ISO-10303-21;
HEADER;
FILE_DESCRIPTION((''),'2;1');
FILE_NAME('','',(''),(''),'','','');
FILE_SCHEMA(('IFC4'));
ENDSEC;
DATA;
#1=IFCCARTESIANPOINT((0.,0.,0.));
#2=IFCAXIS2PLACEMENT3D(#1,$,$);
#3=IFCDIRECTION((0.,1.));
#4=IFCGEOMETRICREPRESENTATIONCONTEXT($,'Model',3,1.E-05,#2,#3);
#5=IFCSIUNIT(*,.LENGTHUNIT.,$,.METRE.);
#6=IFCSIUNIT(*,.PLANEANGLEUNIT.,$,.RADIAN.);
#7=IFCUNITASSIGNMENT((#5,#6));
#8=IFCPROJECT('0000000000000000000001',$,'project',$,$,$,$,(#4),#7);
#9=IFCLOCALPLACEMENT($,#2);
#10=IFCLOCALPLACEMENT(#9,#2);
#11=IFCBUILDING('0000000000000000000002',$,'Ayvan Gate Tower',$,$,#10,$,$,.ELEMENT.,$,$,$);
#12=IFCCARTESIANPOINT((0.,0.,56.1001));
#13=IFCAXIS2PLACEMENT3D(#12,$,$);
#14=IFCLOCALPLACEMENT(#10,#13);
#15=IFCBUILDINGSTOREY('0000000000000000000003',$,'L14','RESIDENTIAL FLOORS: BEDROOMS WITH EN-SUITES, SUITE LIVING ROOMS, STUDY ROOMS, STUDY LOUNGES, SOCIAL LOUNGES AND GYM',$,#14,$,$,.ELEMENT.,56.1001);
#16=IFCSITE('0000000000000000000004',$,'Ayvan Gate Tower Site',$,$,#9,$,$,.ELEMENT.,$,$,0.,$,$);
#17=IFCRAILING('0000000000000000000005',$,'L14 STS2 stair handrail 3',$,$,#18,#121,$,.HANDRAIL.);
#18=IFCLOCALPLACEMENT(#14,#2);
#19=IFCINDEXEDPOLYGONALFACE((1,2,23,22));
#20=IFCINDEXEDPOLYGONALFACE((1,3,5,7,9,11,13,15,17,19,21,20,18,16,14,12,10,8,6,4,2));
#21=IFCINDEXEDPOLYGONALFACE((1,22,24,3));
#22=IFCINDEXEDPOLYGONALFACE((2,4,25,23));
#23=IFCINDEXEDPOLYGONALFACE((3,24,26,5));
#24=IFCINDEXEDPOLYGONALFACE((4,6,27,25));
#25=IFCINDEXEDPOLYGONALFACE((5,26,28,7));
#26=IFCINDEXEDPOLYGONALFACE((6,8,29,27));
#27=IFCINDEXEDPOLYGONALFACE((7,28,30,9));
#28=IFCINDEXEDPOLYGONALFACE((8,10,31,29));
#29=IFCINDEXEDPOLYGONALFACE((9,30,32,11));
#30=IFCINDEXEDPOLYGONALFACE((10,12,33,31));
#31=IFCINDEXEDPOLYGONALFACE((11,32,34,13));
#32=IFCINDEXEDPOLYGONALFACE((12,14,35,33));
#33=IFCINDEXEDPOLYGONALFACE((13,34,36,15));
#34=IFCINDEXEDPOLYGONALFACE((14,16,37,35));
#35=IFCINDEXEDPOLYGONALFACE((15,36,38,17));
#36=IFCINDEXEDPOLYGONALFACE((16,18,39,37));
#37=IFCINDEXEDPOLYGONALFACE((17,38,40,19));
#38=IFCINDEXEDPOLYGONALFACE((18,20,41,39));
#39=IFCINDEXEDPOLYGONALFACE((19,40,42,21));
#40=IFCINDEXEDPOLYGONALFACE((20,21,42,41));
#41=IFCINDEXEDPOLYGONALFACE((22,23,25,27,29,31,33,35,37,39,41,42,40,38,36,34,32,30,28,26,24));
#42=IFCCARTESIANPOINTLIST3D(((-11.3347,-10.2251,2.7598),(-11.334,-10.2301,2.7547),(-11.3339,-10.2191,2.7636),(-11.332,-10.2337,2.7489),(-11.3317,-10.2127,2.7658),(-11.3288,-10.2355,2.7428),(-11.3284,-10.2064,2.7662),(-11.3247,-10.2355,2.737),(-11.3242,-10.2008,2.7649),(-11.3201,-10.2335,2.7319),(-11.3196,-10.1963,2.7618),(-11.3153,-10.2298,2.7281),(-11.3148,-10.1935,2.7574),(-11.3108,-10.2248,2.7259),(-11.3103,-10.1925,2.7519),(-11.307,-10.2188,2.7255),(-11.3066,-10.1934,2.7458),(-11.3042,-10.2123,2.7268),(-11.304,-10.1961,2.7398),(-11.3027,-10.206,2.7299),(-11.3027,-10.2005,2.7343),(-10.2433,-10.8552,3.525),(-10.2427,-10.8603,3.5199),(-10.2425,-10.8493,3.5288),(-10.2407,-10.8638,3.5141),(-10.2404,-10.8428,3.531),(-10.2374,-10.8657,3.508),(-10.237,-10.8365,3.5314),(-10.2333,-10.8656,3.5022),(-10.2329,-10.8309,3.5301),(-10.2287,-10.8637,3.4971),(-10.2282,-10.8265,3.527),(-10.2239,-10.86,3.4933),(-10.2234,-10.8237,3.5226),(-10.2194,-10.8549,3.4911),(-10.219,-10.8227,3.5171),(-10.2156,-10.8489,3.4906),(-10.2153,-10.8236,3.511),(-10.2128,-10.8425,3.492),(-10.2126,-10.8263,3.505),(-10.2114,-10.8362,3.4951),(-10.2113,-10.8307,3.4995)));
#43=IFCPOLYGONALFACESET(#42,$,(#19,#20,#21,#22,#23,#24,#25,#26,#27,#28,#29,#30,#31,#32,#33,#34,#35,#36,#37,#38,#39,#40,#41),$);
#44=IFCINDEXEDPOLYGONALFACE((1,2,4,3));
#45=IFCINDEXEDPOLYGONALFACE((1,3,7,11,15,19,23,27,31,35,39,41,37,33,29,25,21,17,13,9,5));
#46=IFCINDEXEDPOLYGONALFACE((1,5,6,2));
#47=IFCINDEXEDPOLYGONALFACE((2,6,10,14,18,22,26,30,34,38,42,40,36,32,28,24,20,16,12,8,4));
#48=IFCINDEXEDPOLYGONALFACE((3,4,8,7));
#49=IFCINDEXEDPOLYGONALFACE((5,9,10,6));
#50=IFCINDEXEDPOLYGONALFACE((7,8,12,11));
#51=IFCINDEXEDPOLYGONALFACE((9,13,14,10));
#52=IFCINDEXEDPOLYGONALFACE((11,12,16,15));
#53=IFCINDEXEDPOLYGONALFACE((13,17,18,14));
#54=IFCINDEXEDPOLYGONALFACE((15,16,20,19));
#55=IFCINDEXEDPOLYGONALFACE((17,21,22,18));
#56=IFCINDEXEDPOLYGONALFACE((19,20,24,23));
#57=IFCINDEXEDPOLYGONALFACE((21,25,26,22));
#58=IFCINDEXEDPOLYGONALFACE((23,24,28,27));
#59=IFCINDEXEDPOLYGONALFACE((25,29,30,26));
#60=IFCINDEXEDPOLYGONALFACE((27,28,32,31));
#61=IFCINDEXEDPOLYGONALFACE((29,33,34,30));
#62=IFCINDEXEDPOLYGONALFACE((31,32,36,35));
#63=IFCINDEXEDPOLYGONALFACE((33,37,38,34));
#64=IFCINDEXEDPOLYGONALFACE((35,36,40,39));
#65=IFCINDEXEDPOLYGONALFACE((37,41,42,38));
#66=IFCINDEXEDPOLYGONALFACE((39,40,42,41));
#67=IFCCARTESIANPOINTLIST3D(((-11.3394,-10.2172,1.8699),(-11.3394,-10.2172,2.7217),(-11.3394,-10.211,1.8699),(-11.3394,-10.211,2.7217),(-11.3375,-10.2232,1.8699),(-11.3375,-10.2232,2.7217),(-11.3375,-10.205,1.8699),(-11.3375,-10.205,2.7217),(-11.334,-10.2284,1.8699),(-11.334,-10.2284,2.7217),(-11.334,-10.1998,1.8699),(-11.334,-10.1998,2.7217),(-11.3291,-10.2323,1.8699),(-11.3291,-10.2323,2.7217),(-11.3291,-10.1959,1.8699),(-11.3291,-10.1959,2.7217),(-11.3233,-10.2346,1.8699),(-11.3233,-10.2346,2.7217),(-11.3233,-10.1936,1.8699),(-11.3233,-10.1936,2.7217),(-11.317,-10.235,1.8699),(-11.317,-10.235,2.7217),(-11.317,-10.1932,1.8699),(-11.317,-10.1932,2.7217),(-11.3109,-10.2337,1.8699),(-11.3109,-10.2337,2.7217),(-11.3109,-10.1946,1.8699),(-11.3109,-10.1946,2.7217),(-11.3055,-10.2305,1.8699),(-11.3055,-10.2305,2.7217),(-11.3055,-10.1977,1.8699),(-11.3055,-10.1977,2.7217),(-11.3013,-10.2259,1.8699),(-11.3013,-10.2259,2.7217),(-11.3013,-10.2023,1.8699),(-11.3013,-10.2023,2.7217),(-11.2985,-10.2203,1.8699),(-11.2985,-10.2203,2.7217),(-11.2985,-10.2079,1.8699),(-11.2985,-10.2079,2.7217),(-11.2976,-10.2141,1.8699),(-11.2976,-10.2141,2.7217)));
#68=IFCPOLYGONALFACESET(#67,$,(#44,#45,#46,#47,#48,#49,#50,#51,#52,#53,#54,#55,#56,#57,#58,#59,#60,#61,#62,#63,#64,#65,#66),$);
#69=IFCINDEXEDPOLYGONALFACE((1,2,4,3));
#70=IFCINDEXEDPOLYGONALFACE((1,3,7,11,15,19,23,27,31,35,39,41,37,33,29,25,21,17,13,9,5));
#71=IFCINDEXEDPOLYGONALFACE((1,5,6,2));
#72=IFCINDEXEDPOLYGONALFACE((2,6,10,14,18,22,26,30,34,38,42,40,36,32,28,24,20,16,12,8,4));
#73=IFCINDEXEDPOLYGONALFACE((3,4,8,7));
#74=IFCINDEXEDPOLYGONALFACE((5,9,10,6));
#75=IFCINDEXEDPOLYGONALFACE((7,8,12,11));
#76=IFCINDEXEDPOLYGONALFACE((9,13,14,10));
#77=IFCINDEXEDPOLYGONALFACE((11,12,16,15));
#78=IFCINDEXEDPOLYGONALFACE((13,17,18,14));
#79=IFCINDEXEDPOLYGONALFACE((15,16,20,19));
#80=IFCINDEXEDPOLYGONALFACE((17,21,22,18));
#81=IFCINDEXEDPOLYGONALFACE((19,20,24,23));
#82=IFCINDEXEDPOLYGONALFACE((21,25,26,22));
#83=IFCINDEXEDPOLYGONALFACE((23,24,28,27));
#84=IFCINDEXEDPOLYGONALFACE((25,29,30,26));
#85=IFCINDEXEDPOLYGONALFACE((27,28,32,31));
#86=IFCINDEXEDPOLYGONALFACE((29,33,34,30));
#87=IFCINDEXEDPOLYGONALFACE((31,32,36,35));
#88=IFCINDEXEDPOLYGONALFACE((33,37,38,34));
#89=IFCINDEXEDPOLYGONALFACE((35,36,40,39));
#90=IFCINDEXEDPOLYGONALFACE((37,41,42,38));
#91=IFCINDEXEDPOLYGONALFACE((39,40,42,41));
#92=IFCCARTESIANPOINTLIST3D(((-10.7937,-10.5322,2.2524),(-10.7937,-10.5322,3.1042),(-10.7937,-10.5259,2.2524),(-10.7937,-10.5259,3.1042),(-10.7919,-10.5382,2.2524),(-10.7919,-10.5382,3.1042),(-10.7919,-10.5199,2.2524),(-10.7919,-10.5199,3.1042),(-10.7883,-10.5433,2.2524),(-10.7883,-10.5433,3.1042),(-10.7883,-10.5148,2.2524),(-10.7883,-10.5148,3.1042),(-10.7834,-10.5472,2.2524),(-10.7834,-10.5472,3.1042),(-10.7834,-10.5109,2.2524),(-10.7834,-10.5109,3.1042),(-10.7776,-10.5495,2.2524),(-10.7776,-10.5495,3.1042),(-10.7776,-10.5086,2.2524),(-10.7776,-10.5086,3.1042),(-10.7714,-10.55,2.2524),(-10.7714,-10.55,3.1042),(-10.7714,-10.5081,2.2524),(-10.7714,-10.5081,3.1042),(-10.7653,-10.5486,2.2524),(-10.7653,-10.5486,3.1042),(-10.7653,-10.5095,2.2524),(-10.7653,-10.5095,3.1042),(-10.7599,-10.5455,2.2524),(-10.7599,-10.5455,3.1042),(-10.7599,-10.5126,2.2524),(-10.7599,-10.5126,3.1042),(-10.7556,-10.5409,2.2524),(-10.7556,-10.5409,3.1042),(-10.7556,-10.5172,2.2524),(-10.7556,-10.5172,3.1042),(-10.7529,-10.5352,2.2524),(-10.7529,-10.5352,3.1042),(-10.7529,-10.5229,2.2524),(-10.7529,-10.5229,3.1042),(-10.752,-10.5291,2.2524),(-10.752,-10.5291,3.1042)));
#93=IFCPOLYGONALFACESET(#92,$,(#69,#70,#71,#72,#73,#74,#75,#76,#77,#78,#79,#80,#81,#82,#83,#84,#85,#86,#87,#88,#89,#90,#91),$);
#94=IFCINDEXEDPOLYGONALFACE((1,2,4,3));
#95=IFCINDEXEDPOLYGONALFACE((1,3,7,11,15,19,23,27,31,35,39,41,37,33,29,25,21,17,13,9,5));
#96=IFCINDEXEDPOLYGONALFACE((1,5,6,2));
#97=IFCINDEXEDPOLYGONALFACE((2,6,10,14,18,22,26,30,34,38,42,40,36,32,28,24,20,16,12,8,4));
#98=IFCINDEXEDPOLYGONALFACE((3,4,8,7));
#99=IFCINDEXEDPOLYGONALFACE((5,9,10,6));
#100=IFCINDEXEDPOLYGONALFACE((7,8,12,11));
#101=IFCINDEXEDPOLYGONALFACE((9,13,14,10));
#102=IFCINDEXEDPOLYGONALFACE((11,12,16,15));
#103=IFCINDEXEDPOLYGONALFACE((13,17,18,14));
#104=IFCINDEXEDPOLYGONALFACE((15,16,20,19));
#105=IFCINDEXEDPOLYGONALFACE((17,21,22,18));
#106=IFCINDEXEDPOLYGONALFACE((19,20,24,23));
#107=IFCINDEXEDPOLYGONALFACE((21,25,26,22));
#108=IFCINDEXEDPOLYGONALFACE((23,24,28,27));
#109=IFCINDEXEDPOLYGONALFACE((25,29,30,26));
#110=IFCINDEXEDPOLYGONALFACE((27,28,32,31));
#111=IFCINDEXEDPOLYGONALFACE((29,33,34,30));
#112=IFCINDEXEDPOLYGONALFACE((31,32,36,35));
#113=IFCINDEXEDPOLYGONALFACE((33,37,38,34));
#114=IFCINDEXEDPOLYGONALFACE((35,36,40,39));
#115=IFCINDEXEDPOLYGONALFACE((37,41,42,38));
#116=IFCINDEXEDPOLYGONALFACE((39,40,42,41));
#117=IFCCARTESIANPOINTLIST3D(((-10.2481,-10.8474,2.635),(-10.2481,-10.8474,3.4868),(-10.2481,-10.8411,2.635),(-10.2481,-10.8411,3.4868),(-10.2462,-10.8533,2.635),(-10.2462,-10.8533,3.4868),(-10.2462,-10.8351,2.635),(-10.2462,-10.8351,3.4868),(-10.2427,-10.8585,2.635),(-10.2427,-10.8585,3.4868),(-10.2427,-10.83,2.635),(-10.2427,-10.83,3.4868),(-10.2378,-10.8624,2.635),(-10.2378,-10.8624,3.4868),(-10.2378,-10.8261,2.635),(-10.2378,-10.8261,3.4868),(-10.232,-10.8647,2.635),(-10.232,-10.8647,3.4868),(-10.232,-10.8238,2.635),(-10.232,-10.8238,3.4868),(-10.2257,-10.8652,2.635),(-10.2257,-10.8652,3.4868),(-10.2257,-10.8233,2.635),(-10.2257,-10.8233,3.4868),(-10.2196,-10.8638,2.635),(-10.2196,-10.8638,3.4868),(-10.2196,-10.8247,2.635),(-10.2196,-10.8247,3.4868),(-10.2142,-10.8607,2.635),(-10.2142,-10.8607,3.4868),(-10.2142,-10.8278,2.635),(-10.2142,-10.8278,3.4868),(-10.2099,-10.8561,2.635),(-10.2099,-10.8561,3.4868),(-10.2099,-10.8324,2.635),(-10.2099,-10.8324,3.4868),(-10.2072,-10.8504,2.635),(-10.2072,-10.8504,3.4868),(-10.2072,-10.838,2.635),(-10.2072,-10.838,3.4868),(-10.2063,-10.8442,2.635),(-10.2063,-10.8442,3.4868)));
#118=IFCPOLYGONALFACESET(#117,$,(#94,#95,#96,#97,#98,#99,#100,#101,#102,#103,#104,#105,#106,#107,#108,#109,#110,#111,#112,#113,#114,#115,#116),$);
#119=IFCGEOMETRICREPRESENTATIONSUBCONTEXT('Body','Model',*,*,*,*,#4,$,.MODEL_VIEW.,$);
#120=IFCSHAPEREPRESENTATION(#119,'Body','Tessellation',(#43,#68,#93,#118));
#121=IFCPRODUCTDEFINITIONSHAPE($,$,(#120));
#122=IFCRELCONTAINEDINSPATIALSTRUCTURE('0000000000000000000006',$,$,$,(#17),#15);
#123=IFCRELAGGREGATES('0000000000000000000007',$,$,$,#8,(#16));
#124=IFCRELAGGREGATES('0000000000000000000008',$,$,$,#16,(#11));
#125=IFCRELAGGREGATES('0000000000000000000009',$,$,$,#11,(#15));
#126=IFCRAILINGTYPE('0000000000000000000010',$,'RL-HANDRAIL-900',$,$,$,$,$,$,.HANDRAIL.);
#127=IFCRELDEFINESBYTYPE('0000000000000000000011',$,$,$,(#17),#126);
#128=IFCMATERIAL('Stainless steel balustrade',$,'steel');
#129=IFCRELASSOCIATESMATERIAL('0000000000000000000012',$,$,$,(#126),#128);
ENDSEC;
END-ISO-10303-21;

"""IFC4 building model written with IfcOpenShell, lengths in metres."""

from ifc_helpers import new_model, si_unit, direction, frame, origin, origin_2d, place, context, subcontext, project, spatial, circle, extrude, material, type_object, element, save


model = new_model("IFC4")

# Units and contexts
model_context = context("Model", 3, precision=1e-05, world=origin(), true_north=direction((0.0, 1.0)))
body_context = subcontext(model_context, "Body", "Model", "MODEL_VIEW")
ifc_project = project(units=[si_unit("LENGTHUNIT", "METRE"), si_unit("PLANEANGLEUNIT", "RADIAN")], contexts=[model_context])

# Site, building, storey
site_placement = place(None, origin())
site = spatial("IfcSite", under=ifc_project, at=site_placement, Name="Ayvan Gate Tower Site", CompositionType="ELEMENT", RefElevation=0.0)
building_placement = place(site_placement, origin())
building = spatial("IfcBuilding", under=site, at=building_placement, Name="Ayvan Gate Tower", CompositionType="ELEMENT")
storey_placement = place(building_placement, frame((0.0, 0.0, 56.1001)))
storey = spatial("IfcBuildingStorey", under=building, at=storey_placement, Name="L14", Description="RESIDENTIAL FLOORS: BEDROOMS WITH EN-SUITES, SUITE LIVING ROOMS, STUDY ROOMS, STUDY LOUNGES, SOCIAL LOUNGES AND GYM", CompositionType="ELEMENT", Elevation=56.1001)

# Railing
ifc_material_1 = material(Name="Stainless steel balustrade", Category="steel")
railing_type_1 = type_object("IfcRailingType", Name="RL-HANDRAIL-900", PredefinedType="HANDRAIL", material=ifc_material_1)
railing_1_placement = place(storey_placement, frame((-11.3186, -10.2141, 1.8699)))
element("IfcRailing", 1, at=railing_1_placement, inside=storey, type_object=railing_type_1, Name="L14 STS2 stair handrail 3", PredefinedType="HANDRAIL", context=body_context, shape_type="SweptSolid", body=[
    extrude(circle(Radius=0.0239, at=origin_2d()), frame((0.0, 0.0, 0.876), z_axis=(0.740241, -0.427419, 0.518996), x_axis=(0.500035, 0.866005, 0.0)), (0.0, 0.0, 1.0), 1.4744),
    extrude(circle(Radius=0.021, at=origin_2d()), origin(), (0.0, 0.0, 1.0), 0.8518),
    extrude(circle(Radius=0.021, at=origin_2d()), frame((0.5457, -0.3149, 0.3826)), (0.0, 0.0, 1.0), 0.8518),
    extrude(circle(Radius=0.021, at=origin_2d()), frame((1.0913, -0.6301, 0.7651)), (0.0, 0.0, 1.0), 0.8518),
])

save(model, "model.ifc")
